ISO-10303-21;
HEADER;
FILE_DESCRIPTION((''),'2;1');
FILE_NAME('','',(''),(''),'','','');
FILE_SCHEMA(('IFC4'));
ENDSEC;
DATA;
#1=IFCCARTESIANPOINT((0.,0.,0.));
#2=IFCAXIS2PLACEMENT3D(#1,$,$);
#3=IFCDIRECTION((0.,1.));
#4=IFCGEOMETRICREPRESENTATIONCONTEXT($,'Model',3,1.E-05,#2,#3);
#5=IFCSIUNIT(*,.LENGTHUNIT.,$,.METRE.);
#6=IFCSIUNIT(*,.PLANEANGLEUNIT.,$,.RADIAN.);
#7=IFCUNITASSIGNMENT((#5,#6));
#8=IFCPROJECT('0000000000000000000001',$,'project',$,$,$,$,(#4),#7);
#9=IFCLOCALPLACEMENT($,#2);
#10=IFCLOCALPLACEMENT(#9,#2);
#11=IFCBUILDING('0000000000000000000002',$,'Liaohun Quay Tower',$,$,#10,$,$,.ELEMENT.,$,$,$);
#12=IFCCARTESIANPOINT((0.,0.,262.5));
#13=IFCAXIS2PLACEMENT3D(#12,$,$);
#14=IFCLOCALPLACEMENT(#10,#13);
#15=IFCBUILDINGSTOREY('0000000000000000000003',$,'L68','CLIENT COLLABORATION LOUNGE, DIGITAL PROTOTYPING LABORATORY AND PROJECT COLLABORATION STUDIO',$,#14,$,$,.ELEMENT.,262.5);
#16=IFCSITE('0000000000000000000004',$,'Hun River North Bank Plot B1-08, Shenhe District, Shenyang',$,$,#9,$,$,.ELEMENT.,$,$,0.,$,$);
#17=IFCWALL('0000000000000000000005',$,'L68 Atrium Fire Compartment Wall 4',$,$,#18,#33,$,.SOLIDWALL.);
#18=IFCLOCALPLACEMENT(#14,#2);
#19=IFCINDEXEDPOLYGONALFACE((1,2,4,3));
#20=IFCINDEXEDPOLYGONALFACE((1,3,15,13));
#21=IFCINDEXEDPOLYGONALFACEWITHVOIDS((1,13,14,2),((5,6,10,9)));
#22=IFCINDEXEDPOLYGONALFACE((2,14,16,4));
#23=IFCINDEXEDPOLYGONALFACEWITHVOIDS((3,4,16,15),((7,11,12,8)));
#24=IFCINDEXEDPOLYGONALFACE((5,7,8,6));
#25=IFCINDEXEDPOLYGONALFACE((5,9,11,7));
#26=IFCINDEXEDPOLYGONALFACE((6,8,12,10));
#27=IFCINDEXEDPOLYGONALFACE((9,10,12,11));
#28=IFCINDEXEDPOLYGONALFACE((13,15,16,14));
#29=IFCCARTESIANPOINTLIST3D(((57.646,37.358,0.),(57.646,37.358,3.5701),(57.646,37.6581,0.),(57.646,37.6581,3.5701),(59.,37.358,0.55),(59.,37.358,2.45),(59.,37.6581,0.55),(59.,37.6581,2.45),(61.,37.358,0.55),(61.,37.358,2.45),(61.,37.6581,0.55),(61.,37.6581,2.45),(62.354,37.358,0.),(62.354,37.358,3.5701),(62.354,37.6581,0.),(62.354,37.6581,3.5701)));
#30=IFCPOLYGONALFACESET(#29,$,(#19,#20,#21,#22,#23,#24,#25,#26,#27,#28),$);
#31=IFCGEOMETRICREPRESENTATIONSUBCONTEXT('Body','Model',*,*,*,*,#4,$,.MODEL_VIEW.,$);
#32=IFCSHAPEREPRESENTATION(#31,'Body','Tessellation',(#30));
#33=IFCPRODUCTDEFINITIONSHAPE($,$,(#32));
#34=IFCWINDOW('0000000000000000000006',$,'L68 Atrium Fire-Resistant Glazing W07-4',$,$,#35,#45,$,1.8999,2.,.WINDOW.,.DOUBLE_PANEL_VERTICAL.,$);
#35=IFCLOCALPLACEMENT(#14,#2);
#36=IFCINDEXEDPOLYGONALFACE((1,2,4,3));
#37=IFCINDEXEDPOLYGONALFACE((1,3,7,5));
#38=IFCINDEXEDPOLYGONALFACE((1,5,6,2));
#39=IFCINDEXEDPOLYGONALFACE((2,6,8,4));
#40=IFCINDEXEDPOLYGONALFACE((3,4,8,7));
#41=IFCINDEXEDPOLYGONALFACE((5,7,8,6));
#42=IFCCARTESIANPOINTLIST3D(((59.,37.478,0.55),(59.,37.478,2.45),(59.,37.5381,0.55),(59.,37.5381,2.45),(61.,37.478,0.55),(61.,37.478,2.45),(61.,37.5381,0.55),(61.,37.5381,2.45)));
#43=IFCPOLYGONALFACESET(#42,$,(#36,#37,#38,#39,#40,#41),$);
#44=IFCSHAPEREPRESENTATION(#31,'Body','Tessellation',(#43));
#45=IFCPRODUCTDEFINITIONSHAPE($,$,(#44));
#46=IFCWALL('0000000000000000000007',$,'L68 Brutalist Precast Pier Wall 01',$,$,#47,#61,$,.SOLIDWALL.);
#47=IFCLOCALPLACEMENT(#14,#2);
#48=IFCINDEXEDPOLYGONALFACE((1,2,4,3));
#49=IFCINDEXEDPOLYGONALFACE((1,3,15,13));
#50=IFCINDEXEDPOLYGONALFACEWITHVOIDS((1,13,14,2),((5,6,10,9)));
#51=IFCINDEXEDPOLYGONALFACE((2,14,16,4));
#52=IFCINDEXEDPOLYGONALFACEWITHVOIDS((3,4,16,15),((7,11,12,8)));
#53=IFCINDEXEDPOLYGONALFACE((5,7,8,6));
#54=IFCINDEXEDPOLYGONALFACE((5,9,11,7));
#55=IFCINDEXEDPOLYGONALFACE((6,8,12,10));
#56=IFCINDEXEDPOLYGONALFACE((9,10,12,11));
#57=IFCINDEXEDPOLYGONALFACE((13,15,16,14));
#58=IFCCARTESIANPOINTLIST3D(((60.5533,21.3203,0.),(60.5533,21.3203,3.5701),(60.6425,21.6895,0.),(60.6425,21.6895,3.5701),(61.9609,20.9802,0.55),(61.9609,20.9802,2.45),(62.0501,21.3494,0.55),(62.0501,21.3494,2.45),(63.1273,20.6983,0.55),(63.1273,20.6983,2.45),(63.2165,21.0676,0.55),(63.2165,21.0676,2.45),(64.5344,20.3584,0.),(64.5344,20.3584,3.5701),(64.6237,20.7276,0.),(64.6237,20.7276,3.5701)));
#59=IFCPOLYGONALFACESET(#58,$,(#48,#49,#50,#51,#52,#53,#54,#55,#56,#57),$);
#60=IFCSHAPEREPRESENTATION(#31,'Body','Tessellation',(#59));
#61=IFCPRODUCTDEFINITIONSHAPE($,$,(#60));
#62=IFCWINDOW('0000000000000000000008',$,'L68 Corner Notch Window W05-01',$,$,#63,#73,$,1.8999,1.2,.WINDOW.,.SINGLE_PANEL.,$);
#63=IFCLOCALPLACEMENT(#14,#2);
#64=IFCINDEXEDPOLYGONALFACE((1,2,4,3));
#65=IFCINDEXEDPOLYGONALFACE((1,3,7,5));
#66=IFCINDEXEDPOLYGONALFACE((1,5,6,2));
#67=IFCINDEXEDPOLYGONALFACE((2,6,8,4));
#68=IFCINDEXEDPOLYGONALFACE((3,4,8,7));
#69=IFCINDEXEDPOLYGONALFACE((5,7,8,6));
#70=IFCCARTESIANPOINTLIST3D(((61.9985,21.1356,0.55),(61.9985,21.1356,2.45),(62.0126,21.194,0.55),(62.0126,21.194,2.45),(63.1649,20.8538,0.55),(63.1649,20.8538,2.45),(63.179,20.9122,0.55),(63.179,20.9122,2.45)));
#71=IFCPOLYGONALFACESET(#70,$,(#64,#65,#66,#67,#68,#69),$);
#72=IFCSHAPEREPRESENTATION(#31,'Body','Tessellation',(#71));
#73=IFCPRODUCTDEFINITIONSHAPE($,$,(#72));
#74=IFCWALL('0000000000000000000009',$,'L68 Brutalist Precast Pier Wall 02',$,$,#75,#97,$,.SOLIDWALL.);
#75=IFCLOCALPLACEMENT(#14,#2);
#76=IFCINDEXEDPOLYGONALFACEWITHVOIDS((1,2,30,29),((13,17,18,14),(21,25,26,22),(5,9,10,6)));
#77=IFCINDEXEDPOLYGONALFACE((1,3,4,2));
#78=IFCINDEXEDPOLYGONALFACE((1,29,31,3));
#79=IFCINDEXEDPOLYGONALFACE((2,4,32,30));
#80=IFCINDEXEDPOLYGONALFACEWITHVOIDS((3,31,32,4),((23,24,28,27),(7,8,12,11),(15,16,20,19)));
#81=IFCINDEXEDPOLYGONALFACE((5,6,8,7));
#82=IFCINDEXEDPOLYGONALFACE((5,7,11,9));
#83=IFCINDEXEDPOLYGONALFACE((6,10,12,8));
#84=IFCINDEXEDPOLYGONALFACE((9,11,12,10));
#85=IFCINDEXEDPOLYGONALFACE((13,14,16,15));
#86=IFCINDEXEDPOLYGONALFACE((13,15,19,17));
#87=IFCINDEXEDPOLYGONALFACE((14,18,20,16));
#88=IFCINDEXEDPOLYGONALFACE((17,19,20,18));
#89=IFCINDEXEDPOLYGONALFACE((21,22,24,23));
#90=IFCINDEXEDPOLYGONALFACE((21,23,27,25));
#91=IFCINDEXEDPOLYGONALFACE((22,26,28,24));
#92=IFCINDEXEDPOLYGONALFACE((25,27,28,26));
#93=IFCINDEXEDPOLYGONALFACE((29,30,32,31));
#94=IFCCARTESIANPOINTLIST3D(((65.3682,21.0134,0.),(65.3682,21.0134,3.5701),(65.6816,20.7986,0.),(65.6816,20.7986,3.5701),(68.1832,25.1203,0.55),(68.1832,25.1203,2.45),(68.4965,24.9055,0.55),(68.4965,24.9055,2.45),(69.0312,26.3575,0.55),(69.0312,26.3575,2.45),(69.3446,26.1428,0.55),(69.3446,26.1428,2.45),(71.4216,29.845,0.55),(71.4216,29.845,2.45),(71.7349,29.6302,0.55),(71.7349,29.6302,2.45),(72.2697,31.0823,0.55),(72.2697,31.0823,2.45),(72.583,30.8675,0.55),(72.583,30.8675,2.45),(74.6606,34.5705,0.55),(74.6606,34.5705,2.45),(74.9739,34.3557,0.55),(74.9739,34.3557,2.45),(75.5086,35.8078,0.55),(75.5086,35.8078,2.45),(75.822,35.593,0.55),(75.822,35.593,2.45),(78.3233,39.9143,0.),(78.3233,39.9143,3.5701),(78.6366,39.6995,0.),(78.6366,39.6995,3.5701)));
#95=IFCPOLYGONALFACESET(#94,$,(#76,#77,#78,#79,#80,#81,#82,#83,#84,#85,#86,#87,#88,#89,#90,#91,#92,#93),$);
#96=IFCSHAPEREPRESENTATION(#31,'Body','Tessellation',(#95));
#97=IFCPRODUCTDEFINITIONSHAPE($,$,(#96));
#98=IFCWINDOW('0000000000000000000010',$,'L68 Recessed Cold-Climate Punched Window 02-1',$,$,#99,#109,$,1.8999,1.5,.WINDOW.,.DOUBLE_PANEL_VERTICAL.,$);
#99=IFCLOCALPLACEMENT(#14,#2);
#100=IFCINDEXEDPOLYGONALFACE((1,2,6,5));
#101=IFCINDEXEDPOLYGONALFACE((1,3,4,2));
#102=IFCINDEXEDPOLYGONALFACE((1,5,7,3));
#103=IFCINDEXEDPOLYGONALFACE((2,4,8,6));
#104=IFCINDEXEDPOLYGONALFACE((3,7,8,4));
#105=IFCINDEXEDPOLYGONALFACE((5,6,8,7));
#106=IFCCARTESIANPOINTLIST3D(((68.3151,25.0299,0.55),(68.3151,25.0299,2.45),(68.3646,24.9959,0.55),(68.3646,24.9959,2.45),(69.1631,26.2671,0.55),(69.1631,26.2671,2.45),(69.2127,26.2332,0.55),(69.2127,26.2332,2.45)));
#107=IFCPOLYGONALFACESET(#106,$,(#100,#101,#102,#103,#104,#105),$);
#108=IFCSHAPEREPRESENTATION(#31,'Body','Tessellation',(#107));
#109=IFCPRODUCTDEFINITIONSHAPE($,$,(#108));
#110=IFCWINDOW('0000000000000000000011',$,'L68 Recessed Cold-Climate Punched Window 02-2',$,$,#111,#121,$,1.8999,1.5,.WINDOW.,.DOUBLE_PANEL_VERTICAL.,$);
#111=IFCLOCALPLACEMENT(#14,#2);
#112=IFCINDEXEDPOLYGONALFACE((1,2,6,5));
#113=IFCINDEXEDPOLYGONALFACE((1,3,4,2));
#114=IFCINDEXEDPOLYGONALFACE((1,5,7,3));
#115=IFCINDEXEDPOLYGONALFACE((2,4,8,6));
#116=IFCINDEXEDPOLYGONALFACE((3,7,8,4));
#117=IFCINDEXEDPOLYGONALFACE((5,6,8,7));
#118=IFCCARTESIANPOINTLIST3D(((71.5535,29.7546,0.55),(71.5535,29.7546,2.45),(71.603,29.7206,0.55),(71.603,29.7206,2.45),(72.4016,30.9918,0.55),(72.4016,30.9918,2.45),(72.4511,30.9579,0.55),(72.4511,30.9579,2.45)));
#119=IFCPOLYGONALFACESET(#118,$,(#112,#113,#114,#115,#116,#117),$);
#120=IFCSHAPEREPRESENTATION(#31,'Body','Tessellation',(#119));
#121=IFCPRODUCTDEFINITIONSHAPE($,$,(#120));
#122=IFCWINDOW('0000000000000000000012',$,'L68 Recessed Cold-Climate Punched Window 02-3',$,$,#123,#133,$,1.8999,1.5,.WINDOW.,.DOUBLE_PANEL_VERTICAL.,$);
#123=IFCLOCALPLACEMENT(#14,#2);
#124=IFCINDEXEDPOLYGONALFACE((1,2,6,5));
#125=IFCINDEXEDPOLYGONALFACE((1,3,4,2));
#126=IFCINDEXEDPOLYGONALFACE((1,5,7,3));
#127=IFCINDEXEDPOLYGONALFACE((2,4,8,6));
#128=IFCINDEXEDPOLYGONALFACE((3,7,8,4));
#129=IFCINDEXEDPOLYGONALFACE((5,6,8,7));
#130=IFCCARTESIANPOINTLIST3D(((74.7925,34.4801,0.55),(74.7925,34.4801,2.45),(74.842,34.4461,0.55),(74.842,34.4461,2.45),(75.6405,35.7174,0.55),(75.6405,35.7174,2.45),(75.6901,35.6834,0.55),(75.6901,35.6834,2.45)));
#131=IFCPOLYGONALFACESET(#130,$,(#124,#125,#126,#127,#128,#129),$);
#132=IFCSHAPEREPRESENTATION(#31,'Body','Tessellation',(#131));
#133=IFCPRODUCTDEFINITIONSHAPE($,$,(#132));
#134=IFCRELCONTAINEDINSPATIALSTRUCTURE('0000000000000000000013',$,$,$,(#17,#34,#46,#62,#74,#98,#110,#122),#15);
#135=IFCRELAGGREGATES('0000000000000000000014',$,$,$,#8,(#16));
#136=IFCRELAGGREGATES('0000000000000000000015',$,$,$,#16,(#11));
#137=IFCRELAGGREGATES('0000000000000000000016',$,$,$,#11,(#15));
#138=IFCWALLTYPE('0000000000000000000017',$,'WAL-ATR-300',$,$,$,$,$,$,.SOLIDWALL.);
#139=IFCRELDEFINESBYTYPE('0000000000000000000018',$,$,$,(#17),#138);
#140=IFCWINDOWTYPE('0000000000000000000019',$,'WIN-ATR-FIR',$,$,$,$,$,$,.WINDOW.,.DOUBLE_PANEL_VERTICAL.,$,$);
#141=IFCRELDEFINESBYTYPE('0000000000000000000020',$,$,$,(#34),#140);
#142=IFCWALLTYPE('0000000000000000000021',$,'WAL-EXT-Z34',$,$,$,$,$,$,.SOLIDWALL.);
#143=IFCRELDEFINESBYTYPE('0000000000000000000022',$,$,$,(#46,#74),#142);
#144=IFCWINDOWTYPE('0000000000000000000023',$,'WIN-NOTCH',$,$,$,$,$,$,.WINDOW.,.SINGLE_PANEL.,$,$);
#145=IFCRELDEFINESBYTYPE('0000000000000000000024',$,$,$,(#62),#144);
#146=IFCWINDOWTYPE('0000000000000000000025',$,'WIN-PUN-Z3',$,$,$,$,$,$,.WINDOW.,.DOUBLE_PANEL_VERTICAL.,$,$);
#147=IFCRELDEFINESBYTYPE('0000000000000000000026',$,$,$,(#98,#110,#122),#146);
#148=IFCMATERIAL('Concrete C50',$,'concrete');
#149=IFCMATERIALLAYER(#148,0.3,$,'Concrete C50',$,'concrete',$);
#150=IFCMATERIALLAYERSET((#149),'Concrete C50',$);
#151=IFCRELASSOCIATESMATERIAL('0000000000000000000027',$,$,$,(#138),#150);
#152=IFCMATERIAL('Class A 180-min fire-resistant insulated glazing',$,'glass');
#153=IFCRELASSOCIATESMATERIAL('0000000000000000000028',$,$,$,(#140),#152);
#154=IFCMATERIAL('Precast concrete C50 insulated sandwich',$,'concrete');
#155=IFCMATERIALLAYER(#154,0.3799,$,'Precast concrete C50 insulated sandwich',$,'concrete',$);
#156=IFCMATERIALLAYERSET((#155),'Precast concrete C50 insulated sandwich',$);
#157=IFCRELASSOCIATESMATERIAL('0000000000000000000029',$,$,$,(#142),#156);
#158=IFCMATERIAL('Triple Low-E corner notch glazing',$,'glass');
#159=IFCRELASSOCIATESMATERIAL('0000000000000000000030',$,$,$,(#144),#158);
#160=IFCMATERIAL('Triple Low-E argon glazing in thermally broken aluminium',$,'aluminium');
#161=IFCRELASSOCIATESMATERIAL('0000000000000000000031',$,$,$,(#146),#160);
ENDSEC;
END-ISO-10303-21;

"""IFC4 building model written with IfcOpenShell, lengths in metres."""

from ifc_helpers import new_model, si_unit, direction, frame, frame_2d, origin, place, context, subcontext, project, spatial, rectangle, extrude, source, transform, mapped, material, layer, layer_set, type_object, element, fill, save


model = new_model("IFC4")

# Units and contexts
model_context = context("Model", 3, precision=1e-05, world=origin(), true_north=direction((0.0, 1.0)))
body_context = subcontext(model_context, "Body", "Model", "MODEL_VIEW")
ifc_project = project(units=[si_unit("LENGTHUNIT", "METRE"), si_unit("PLANEANGLEUNIT", "RADIAN")], contexts=[model_context])

# Site, building, storey
site_placement = place(None, origin())
site = spatial("IfcSite", under=ifc_project, at=site_placement, Name="Hun River North Bank Plot B1-08, Shenhe District, Shenyang", CompositionType="ELEMENT", RefElevation=0.0)
building_placement = place(site_placement, origin())
building = spatial("IfcBuilding", under=site, at=building_placement, Name="Liaohun Quay Tower", CompositionType="ELEMENT")
storey_placement = place(building_placement, frame((0.0, 0.0, 262.5)))
storey = spatial("IfcBuildingStorey", under=building, at=storey_placement, Name="L68", Description="CLIENT COLLABORATION LOUNGE, DIGITAL PROTOTYPING LABORATORY AND PROJECT COLLABORATION STUDIO", CompositionType="ELEMENT", Elevation=262.5)

# Walls, openings, windows
ifc_material_1 = material(Name="Concrete C50", Category="concrete")
ifc_layer_1 = layer(ifc_material_1, 0.3, Name="Concrete C50", Category="concrete")
ifc_layer_set_1 = layer_set([ifc_layer_1], Name="Concrete C50")
wall_type_1 = type_object("IfcWallType", Name="WAL-ATR-300", PredefinedType="SOLIDWALL", material=ifc_layer_set_1)
shared_shape_1 = source(origin(), body_context, "Body", "SweptSolid", [
    extrude(rectangle(XDim=2.0, YDim=1.8999, at=frame_2d((1.0, 0.95))), frame((0.0, 0.1599, 0.0), z_axis=(0.0, -1.0, 0.0), x_axis=(1.0, 0.0, 0.0)), (0.0, 0.0, 1.0), 0.3201),
])
ifc_material_2 = material(Name="Class A 180-min fire-resistant insulated glazing", Category="glass")
window_type_1 = type_object("IfcWindowType", Name="WIN-ATR-FIR", PartitioningType="DOUBLE_PANEL_VERTICAL", PredefinedType="WINDOW", material=ifc_material_2)
shared_shape_2 = source(origin(), body_context, "Body", "SweptSolid", [
    extrude(rectangle(XDim=2.0, YDim=1.8999, at=frame_2d((1.0, 0.95))), frame((0.0, 0.03, 0.0), z_axis=(0.0, -1.0, 0.0), x_axis=(1.0, 0.0, 0.0)), (0.0, 0.0, 1.0), 0.0601),
])
wall_1_placement = place(storey_placement, frame((62.354, 37.5081, 0.0), z_axis=(0.0, 0.0, 1.0), x_axis=(-1.0, 0.0, 0.0)))
wall_1 = element("IfcWall", 1, at=wall_1_placement, inside=storey, type_object=wall_type_1, Name="L68 Atrium Fire Compartment Wall 4", PredefinedType="SOLIDWALL", context=body_context, shape_type="SweptSolid", body=[
    extrude(rectangle(XDim=4.708, YDim=0.3, at=frame_2d((2.354, 0.0))), origin(), (0.0, 0.0, 1.0), 3.5701),
])
opening_1_placement = place(wall_1_placement, frame((1.354, 0.0, 0.55)))
opening_1 = element("IfcOpeningElement", 2, at=opening_1_placement, cuts=wall_1, PredefinedType="OPENING", context=body_context, shape_type="MappedRepresentation", body=[
    mapped(shared_shape_1, transform((0.0, 0.0, 0.0), x_axis=(1.0, 0.0, 0.0), y_axis=(0.0, 1.0, 0.0), z_axis=(0.0, 0.0, 1.0), scale=1.0)),
])
window_1_placement = place(opening_1_placement, origin())
window_1 = element("IfcWindow", 3, at=window_1_placement, inside=storey, type_object=window_type_1, Name="L68 Atrium Fire-Resistant Glazing W07-4", OverallHeight=1.8999, OverallWidth=2.0, PartitioningType="DOUBLE_PANEL_VERTICAL", PredefinedType="WINDOW", context=body_context, shape_type="MappedRepresentation", body=[
    mapped(shared_shape_2, transform((0.0, 0.0, 0.0), x_axis=(1.0, 0.0, 0.0), y_axis=(0.0, 1.0, 0.0), z_axis=(0.0, 0.0, 1.0), scale=1.0)),
])
fill(opening_1, window_1)
ifc_material_3 = material(Name="Precast concrete C50 insulated sandwich", Category="concrete")
ifc_layer_2 = layer(ifc_material_3, 0.3799, Name="Precast concrete C50 insulated sandwich", Category="concrete")
ifc_layer_set_2 = layer_set([ifc_layer_2], Name="Precast concrete C50 insulated sandwich")
wall_type_2 = type_object("IfcWallType", Name="WAL-EXT-Z34", PredefinedType="SOLIDWALL", material=ifc_layer_set_2)
wall_2_placement = place(storey_placement, frame((60.5979, 21.5049, 0.0), z_axis=(0.0, 0.0, 1.0), x_axis=(0.97203, -0.234856, 0.0)))
wall_2 = element("IfcWall", 4, at=wall_2_placement, inside=storey, type_object=wall_type_2, Name="L68 Brutalist Precast Pier Wall 01", PredefinedType="SOLIDWALL", context=body_context, shape_type="SweptSolid", body=[
    extrude(rectangle(XDim=4.0957, YDim=0.3799, at=frame_2d((2.0479, 0.0))), origin(), (0.0, 0.0, 1.0), 3.5701),
])
shared_shape_3 = source(origin(), body_context, "Body", "SweptSolid", [
    extrude(rectangle(XDim=1.2, YDim=1.8999, at=frame_2d((0.6001, 0.95))), frame((0.0, 0.2, 0.0), z_axis=(0.0, -1.0, 0.0), x_axis=(1.0, 0.0, 0.0)), (0.0, 0.0, 1.0), 0.3999),
])
opening_2_placement = place(wall_2_placement, frame((1.448, 0.0, 0.55)))
opening_2 = element("IfcOpeningElement", 5, at=opening_2_placement, cuts=wall_2, PredefinedType="OPENING", context=body_context, shape_type="MappedRepresentation", body=[
    mapped(shared_shape_3, transform((0.0, 0.0, 0.0), x_axis=(1.0, 0.0, 0.0), y_axis=(0.0, 1.0, 0.0), z_axis=(0.0, 0.0, 1.0), scale=1.0)),
])
ifc_material_4 = material(Name="Triple Low-E corner notch glazing", Category="glass")
window_type_2 = type_object("IfcWindowType", Name="WIN-NOTCH", PartitioningType="SINGLE_PANEL", PredefinedType="WINDOW", material=ifc_material_4)
shared_shape_4 = source(origin(), body_context, "Body", "SweptSolid", [
    extrude(rectangle(XDim=1.2, YDim=1.8999, at=frame_2d((0.6001, 0.95))), frame((0.0, 0.03, 0.0), z_axis=(0.0, -1.0, 0.0), x_axis=(1.0, 0.0, 0.0)), (0.0, 0.0, 1.0), 0.0601),
])
window_2_placement = place(opening_2_placement, origin())
window_2 = element("IfcWindow", 6, at=window_2_placement, inside=storey, type_object=window_type_2, Name="L68 Corner Notch Window W05-01", OverallHeight=1.8999, OverallWidth=1.2, PartitioningType="SINGLE_PANEL", PredefinedType="WINDOW", context=body_context, shape_type="MappedRepresentation", body=[
    mapped(shared_shape_4, transform((0.0, 0.0, 0.0), x_axis=(1.0, 0.0, 0.0), y_axis=(0.0, 1.0, 0.0), z_axis=(0.0, 0.0, 1.0), scale=1.0)),
])
fill(opening_2, window_2)

# Wall, openings, windows
wall_3_placement = place(storey_placement, frame((65.5249, 20.906, 0.0), z_axis=(0.0, 0.0, 1.0), x_axis=(0.565364, 0.824841, 0.0)))
wall_3 = element("IfcWall", 7, at=wall_3_placement, inside=storey, type_object=wall_type_2, Name="L68 Brutalist Precast Pier Wall 02", PredefinedType="SOLIDWALL", context=body_context, shape_type="SweptSolid", body=[
    extrude(rectangle(XDim=22.9146, YDim=0.3799, at=frame_2d((11.4573, 0.0))), origin(), (0.0, 0.0, 1.0), 3.5701),
])
shared_shape_5 = source(origin(), body_context, "Body", "SweptSolid", [
    extrude(rectangle(XDim=1.5, YDim=1.8999, at=frame_2d((0.75, 0.95))), frame((0.0, 0.2, 0.0), z_axis=(0.0, -1.0, 0.0), x_axis=(1.0, 0.0, 0.0)), (0.0, 0.0, 1.0), 0.3999),
])
opening_3_placement = place(wall_3_placement, frame((4.979, 0.0, 0.55)))
opening_3 = element("IfcOpeningElement", 8, at=opening_3_placement, cuts=wall_3, PredefinedType="OPENING", context=body_context, shape_type="MappedRepresentation", body=[
    mapped(shared_shape_5, transform((0.0, 0.0, 0.0), x_axis=(1.0, 0.0, 0.0), y_axis=(0.0, 1.0, 0.0), z_axis=(0.0, 0.0, 1.0), scale=1.0)),
])
opening_4_placement = place(wall_3_placement, frame((10.707, 0.0, 0.55)))
opening_4 = element("IfcOpeningElement", 9, at=opening_4_placement, cuts=wall_3, PredefinedType="OPENING", context=body_context, shape_type="MappedRepresentation", body=[
    mapped(shared_shape_5, transform((0.0, 0.0, 0.0), x_axis=(1.0, 0.0, 0.0), y_axis=(0.0, 1.0, 0.0), z_axis=(0.0, 0.0, 1.0), scale=1.0)),
])
opening_5_placement = place(wall_3_placement, frame((16.436, 0.0, 0.55)))
opening_5 = element("IfcOpeningElement", 10, at=opening_5_placement, cuts=wall_3, PredefinedType="OPENING", context=body_context, shape_type="MappedRepresentation", body=[
    mapped(shared_shape_5, transform((0.0, 0.0, 0.0), x_axis=(1.0, 0.0, 0.0), y_axis=(0.0, 1.0, 0.0), z_axis=(0.0, 0.0, 1.0), scale=1.0)),
])
ifc_material_5 = material(Name="Triple Low-E argon glazing in thermally broken aluminium", Category="aluminium")
window_type_3 = type_object("IfcWindowType", Name="WIN-PUN-Z3", PartitioningType="DOUBLE_PANEL_VERTICAL", PredefinedType="WINDOW", material=ifc_material_5)
shared_shape_6 = source(origin(), body_context, "Body", "SweptSolid", [
    extrude(rectangle(XDim=1.5, YDim=1.8999, at=frame_2d((0.75, 0.95))), frame((0.0, 0.03, 0.0), z_axis=(0.0, -1.0, 0.0), x_axis=(1.0, 0.0, 0.0)), (0.0, 0.0, 1.0), 0.0601),
])
window_3_placement = place(opening_3_placement, origin())
window_3 = element("IfcWindow", 11, at=window_3_placement, inside=storey, type_object=window_type_3, Name="L68 Recessed Cold-Climate Punched Window 02-1", OverallHeight=1.8999, OverallWidth=1.5, PartitioningType="DOUBLE_PANEL_VERTICAL", PredefinedType="WINDOW", context=body_context, shape_type="MappedRepresentation", body=[
    mapped(shared_shape_6, transform((0.0, 0.0, 0.0), x_axis=(1.0, 0.0, 0.0), y_axis=(0.0, 1.0, 0.0), z_axis=(0.0, 0.0, 1.0), scale=1.0)),
])
fill(opening_3, window_3)
window_4_placement = place(opening_4_placement, origin())
window_4 = element("IfcWindow", 12, at=window_4_placement, inside=storey, type_object=window_type_3, Name="L68 Recessed Cold-Climate Punched Window 02-2", OverallHeight=1.8999, OverallWidth=1.5, PartitioningType="DOUBLE_PANEL_VERTICAL", PredefinedType="WINDOW", context=body_context, shape_type="MappedRepresentation", body=[
    mapped(shared_shape_6, transform((0.0, 0.0, 0.0), x_axis=(1.0, 0.0, 0.0), y_axis=(0.0, 1.0, 0.0), z_axis=(0.0, 0.0, 1.0), scale=1.0)),
])
fill(opening_4, window_4)
window_5_placement = place(opening_5_placement, origin())
window_5 = element("IfcWindow", 13, at=window_5_placement, inside=storey, type_object=window_type_3, Name="L68 Recessed Cold-Climate Punched Window 02-3", OverallHeight=1.8999, OverallWidth=1.5, PartitioningType="DOUBLE_PANEL_VERTICAL", PredefinedType="WINDOW", context=body_context, shape_type="MappedRepresentation", body=[
    mapped(shared_shape_6, transform((0.0, 0.0, 0.0), x_axis=(1.0, 0.0, 0.0), y_axis=(0.0, 1.0, 0.0), z_axis=(0.0, 0.0, 1.0), scale=1.0)),
])
fill(opening_5, window_5)

save(model, "model.ifc")
